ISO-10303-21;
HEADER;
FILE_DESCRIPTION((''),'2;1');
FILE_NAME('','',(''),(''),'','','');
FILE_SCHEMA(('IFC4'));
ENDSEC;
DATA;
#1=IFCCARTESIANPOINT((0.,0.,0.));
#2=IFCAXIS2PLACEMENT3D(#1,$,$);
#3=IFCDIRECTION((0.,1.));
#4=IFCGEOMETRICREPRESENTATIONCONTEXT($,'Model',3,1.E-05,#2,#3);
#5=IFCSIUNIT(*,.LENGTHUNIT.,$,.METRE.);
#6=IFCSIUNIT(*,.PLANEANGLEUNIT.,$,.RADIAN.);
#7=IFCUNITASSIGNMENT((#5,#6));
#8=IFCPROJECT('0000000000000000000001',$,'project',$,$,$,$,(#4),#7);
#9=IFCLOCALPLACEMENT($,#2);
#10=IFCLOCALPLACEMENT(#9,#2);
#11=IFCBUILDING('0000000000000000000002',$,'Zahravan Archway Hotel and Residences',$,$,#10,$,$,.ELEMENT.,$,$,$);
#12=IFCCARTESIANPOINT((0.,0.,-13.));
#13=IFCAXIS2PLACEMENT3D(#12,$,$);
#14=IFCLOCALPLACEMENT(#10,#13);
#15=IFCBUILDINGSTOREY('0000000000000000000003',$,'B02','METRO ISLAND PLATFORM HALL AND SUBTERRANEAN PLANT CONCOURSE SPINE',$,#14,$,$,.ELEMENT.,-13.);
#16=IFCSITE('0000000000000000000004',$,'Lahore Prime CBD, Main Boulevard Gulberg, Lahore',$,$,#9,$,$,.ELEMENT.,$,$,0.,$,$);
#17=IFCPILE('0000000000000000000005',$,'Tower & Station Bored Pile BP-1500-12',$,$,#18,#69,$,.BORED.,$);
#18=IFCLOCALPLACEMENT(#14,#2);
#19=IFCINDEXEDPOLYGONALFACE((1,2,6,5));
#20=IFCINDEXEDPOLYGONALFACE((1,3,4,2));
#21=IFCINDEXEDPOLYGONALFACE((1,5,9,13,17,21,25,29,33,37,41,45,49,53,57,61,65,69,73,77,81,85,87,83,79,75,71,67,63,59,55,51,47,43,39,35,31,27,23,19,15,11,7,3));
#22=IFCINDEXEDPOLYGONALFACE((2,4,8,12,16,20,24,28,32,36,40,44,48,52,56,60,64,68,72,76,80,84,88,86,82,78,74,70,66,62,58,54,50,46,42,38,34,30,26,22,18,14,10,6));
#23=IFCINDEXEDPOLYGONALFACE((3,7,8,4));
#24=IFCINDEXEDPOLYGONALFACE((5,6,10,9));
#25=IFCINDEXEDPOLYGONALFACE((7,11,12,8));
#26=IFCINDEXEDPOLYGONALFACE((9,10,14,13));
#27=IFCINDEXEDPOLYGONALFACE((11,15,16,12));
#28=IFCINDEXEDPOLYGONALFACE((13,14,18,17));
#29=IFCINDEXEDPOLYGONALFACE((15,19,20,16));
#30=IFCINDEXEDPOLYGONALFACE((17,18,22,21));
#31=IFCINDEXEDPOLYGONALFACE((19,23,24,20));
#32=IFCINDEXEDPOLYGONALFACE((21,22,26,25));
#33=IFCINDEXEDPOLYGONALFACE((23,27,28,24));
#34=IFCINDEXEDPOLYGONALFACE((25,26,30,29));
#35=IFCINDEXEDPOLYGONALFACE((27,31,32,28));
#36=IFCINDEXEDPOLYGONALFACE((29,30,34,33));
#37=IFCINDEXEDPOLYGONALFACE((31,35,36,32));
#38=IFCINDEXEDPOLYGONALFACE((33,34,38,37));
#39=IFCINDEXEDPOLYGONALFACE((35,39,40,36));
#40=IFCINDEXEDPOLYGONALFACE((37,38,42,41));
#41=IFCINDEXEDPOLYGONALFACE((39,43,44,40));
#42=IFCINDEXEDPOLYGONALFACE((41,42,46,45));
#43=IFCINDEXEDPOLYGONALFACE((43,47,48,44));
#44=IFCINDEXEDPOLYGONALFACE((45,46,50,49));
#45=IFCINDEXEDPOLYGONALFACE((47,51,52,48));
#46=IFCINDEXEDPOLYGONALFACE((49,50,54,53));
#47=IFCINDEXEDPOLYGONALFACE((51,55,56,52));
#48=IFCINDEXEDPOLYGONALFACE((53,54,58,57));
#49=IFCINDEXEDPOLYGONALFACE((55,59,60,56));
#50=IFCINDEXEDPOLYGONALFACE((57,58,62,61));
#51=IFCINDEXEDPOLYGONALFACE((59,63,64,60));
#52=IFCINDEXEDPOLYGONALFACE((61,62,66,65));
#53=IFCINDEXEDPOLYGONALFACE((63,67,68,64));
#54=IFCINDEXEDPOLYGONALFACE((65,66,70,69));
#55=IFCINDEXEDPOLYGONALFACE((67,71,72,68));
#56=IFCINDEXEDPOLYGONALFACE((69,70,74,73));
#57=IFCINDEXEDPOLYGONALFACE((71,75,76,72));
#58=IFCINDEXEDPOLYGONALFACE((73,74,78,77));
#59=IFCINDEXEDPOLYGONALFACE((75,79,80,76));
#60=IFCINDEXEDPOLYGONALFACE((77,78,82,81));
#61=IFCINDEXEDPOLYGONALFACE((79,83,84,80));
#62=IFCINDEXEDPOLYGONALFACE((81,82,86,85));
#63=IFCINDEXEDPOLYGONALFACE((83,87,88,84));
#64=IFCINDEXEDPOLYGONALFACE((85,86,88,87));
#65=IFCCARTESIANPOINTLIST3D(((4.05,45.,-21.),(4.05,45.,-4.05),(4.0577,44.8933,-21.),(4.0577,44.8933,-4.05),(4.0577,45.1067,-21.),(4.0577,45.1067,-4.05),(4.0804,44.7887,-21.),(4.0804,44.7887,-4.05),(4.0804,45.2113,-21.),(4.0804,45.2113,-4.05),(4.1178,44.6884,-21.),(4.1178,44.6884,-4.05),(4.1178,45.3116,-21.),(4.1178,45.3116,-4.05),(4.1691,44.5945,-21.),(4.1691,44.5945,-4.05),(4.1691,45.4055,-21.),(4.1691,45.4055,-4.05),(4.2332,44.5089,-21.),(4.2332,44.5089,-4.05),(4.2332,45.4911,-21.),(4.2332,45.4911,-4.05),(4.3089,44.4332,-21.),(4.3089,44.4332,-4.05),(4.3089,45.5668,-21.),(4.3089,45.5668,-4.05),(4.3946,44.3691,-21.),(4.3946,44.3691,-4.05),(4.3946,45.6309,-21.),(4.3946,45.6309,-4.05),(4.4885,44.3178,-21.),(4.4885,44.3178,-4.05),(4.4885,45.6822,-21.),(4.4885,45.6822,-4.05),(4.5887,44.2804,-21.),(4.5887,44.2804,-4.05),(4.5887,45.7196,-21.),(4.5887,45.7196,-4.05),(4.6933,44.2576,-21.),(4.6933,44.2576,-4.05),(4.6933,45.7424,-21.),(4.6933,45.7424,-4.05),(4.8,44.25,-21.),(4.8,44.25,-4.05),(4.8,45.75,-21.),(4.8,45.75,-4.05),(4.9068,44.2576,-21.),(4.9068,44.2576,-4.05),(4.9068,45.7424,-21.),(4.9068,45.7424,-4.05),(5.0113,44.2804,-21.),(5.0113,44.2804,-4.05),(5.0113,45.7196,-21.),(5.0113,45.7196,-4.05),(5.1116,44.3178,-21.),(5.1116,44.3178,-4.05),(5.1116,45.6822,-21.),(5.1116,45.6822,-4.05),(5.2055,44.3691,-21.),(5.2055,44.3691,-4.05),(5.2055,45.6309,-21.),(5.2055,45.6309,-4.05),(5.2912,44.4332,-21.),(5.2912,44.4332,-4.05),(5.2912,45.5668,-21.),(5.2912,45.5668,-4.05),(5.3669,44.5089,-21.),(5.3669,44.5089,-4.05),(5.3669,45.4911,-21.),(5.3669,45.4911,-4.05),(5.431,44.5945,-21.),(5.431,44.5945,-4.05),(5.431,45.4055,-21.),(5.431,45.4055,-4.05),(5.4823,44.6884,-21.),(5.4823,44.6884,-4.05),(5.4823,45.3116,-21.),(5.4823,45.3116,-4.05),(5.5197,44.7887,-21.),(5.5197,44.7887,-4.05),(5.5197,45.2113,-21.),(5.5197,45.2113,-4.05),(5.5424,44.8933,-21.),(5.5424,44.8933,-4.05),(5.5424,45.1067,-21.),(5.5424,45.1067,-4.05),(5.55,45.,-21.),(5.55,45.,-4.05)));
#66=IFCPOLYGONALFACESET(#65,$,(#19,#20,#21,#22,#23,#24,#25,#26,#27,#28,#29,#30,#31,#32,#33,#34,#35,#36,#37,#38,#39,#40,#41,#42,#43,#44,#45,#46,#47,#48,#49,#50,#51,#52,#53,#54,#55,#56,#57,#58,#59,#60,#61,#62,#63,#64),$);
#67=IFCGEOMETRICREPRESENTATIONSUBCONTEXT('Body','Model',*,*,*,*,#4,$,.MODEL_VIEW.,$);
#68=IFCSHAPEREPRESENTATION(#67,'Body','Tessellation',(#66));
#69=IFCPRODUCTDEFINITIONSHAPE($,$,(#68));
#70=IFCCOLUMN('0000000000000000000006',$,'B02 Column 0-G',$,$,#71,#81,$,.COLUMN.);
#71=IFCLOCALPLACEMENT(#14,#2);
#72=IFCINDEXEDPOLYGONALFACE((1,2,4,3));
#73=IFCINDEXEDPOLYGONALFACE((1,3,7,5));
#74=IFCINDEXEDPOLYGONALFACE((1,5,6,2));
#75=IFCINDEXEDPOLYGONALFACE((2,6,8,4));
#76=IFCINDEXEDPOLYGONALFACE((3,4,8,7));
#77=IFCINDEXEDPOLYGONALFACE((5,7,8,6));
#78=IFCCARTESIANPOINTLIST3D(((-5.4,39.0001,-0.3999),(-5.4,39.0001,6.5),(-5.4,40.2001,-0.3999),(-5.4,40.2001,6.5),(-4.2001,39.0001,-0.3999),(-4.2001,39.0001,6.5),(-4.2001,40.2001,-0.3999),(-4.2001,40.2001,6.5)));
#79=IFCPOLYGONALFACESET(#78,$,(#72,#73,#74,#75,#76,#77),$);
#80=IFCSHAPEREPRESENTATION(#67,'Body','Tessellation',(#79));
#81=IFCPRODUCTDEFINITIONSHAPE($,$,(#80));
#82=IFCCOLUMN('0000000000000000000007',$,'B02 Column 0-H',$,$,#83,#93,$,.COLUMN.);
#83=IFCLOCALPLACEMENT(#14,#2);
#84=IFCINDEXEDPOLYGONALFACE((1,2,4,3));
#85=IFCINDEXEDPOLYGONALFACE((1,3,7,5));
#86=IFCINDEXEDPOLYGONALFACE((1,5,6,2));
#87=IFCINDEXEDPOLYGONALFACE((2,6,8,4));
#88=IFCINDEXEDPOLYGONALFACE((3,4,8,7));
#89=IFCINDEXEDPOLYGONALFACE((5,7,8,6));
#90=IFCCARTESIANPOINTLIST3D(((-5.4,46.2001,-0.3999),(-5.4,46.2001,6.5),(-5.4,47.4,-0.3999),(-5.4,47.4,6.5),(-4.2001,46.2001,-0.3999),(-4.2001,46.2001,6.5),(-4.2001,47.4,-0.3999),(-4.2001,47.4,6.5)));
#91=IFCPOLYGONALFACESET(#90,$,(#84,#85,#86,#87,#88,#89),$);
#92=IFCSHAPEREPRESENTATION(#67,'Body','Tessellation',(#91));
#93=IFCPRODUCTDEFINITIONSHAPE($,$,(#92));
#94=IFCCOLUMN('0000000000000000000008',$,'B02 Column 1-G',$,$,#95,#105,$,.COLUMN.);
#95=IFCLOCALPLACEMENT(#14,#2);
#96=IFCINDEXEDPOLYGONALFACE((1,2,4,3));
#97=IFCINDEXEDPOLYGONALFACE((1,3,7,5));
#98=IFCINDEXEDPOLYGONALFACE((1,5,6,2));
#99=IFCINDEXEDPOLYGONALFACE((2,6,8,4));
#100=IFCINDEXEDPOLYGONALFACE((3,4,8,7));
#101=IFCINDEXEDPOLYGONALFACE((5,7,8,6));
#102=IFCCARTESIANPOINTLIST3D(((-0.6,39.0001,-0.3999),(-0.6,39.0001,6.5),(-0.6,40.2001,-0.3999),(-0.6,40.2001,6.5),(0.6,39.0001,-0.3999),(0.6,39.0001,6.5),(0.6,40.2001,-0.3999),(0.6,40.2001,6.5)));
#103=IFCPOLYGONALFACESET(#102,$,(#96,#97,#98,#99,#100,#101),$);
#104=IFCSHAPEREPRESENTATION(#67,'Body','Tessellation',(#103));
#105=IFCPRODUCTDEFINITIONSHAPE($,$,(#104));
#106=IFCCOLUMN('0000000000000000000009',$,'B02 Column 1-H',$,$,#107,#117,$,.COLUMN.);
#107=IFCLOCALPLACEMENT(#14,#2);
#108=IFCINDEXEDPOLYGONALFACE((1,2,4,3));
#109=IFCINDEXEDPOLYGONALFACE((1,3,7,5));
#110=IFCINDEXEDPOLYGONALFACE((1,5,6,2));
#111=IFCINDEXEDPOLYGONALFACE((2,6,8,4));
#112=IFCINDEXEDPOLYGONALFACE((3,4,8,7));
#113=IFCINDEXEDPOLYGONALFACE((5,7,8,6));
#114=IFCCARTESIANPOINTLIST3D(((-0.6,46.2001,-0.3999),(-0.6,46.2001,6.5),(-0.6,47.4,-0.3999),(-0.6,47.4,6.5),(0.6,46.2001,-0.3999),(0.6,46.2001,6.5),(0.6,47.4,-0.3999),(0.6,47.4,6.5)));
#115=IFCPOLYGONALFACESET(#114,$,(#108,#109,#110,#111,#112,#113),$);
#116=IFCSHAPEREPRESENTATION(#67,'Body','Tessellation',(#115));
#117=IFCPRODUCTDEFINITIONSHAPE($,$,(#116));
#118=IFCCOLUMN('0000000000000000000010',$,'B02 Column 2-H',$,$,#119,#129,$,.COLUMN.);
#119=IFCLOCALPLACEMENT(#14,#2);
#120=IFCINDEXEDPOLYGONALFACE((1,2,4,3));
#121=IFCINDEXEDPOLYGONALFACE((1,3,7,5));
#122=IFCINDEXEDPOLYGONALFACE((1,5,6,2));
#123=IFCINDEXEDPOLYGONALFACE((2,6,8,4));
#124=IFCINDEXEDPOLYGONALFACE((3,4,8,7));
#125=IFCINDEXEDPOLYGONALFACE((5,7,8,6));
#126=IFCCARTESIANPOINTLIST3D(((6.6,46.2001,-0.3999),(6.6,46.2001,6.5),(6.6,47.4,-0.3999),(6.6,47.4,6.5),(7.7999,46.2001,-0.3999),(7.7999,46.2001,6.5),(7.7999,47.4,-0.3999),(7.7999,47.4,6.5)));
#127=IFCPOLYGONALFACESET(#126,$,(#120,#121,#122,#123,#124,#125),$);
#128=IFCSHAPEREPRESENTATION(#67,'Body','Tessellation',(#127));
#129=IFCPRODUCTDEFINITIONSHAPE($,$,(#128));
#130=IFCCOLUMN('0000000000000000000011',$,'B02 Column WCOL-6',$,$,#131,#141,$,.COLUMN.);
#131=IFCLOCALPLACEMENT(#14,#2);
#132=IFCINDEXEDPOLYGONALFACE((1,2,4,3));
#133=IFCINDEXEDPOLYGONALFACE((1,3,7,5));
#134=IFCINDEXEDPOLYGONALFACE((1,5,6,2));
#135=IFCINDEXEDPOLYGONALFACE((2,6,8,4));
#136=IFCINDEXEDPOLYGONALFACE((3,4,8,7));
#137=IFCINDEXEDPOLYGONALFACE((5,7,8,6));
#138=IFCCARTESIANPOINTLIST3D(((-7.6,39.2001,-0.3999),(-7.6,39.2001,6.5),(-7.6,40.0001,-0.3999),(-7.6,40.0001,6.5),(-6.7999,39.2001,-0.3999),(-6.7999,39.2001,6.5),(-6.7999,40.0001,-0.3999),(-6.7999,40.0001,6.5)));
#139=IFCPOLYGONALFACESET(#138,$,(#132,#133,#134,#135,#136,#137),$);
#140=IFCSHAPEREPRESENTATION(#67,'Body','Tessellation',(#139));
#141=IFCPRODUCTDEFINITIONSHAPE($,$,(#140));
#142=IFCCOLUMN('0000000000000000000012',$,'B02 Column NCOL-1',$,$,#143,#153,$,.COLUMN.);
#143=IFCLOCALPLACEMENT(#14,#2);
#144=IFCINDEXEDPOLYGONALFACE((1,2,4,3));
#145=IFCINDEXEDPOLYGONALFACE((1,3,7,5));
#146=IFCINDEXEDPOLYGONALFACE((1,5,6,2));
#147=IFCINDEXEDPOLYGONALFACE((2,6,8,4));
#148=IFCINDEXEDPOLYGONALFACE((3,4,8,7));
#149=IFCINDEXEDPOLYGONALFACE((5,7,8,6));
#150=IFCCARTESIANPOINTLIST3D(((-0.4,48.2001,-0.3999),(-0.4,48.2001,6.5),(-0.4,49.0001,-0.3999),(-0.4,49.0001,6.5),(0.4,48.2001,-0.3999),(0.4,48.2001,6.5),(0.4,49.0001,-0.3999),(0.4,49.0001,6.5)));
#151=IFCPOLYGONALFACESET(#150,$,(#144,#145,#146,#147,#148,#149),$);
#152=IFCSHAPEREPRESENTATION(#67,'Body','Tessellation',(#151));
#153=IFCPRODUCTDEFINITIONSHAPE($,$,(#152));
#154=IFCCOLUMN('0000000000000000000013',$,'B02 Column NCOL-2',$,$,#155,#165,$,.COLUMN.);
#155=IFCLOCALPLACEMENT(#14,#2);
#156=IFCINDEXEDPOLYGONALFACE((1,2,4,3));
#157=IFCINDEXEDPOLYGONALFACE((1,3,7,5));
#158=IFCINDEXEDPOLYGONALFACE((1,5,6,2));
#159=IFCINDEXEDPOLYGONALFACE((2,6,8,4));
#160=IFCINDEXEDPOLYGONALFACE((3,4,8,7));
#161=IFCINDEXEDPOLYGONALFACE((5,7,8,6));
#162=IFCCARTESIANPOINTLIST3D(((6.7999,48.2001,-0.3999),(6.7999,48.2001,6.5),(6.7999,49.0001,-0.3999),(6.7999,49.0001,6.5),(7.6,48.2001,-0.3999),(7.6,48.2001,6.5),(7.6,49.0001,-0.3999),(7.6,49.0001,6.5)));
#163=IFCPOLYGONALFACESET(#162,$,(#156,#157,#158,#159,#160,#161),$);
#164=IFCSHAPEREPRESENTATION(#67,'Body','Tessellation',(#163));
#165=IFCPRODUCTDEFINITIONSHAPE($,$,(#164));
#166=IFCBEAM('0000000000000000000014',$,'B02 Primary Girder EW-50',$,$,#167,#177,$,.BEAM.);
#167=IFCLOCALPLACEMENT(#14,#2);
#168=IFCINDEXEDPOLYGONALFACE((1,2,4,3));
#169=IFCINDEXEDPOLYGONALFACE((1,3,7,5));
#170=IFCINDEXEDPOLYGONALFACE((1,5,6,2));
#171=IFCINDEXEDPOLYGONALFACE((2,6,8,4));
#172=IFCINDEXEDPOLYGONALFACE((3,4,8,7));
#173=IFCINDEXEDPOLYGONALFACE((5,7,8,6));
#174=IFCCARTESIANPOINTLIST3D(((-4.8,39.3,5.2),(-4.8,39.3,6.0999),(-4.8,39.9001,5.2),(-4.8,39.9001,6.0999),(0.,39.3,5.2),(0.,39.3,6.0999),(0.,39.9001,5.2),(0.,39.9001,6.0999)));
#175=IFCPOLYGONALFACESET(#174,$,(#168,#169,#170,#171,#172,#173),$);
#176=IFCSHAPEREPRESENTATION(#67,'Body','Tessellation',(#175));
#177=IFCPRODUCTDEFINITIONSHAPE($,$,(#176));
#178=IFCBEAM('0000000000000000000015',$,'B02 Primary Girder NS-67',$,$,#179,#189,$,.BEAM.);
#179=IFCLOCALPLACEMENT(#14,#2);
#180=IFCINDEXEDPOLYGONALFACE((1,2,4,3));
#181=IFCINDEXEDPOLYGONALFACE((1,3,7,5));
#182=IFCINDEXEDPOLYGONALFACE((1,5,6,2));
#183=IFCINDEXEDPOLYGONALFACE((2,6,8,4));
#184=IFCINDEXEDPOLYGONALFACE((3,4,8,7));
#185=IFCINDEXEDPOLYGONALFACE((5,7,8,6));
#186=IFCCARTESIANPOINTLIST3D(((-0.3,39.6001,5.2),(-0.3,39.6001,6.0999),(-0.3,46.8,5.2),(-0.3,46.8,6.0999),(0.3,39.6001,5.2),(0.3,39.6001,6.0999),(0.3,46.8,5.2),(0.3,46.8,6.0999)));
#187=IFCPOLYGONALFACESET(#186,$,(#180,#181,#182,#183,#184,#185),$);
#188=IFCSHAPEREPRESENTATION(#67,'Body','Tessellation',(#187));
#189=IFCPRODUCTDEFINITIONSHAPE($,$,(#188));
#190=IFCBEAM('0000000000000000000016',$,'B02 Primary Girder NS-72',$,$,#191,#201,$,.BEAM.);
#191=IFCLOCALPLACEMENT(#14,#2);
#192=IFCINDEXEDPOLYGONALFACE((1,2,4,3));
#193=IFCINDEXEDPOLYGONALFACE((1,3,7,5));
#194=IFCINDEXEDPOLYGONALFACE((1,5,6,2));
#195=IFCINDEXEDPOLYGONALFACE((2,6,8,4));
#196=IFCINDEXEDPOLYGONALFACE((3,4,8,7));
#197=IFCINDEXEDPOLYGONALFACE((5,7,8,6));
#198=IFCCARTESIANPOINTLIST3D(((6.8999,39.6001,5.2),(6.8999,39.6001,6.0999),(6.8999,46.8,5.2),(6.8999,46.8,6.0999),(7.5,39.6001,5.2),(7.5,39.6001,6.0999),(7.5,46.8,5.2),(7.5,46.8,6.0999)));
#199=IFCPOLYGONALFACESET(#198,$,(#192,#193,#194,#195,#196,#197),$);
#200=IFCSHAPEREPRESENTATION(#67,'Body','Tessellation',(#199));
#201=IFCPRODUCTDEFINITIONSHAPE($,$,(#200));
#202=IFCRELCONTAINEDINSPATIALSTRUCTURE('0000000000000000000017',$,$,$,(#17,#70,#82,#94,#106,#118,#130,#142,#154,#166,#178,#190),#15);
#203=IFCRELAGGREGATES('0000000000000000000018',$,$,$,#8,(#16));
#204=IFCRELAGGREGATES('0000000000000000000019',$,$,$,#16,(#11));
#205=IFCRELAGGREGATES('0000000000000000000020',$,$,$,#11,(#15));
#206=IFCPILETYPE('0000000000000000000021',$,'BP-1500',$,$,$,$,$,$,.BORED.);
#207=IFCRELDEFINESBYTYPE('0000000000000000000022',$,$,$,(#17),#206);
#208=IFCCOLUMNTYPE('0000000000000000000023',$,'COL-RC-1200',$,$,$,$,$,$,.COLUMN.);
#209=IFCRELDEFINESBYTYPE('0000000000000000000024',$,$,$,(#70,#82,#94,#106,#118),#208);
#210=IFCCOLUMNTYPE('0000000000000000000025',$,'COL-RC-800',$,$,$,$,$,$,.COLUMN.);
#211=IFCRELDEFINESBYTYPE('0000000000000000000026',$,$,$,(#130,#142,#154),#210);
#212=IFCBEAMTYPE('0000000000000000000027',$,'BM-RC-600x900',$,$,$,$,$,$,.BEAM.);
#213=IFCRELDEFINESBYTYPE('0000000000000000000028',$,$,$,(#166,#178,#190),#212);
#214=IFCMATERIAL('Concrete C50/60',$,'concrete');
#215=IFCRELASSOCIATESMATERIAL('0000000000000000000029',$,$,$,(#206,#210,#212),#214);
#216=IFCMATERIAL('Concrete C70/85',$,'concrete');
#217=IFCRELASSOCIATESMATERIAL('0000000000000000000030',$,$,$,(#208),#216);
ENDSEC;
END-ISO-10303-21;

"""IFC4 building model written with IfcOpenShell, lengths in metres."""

from ifc_helpers import new_model, si_unit, direction, frame, origin, origin_2d, place, context, subcontext, project, spatial, rectangle, circle, extrude, source, transform, mapped, material, material_profile, profile_set, type_object, type_shapes, element, save


model = new_model("IFC4")

# Units and contexts
model_context = context("Model", 3, precision=1e-05, world=origin(), true_north=direction((0.0, 1.0)))
body_context = subcontext(model_context, "Body", "Model", "MODEL_VIEW")
ifc_project = project(units=[si_unit("LENGTHUNIT", "METRE"), si_unit("PLANEANGLEUNIT", "RADIAN")], contexts=[model_context])

# Site, building, storey
site_placement = place(None, origin())
site = spatial("IfcSite", under=ifc_project, at=site_placement, Name="Lahore Prime CBD, Main Boulevard Gulberg, Lahore", CompositionType="ELEMENT", RefElevation=0.0)
building_placement = place(site_placement, origin())
building = spatial("IfcBuilding", under=site, at=building_placement, Name="Zahravan Archway Hotel and Residences", CompositionType="ELEMENT")
storey_placement = place(building_placement, frame((0.0, 0.0, -13.0)))
storey = spatial("IfcBuildingStorey", under=building, at=storey_placement, Name="B02", Description="METRO ISLAND PLATFORM HALL AND SUBTERRANEAN PLANT CONCOURSE SPINE", CompositionType="ELEMENT", Elevation=-13.0)

# Pile
ifc_material_1 = material(Name="Concrete C50/60", Category="concrete")
ifc_material_profile_1 = material_profile(ifc_material_1, circle(Radius=0.75, at=origin_2d()), Name="PILE D1500", Category="concrete")
ifc_profile_set_1 = profile_set([ifc_material_profile_1], Name="Concrete C50/60")
pile_type = type_object("IfcPileType", Name="BP-1500", PredefinedType="BORED", material=ifc_profile_set_1)
shared_shape_1 = source(origin(), body_context, "Body", "SweptSolid", [
    extrude(circle(Radius=0.75, at=origin_2d()), origin(), (0.0, 0.0, 1.0), 16.95),
])
type_shapes(pile_type, [shared_shape_1])
for number, where, z_axis, x_axis, name in (
    (1, (4.8, 45.0, -4.05), (0.0, 0.0, -1.0), (1.0, 0.0, 0.0), "Tower & Station Bored Pile BP-1500-12"),
):
    element("IfcPile", number, at=place(storey_placement, frame(where, z_axis=z_axis, x_axis=x_axis)), inside=storey, type_object=pile_type, Name=name, PredefinedType="BORED", context=body_context, shape_type="MappedRepresentation", body=[
        mapped(shared_shape_1, transform((0.0, 0.0, 0.0), scale=1.0)),
    ])

# Columns
ifc_material_2 = material(Name="Concrete C70/85", Category="concrete")
ifc_material_profile_2 = material_profile(ifc_material_2, rectangle(XDim=1.2, YDim=1.2, at=origin_2d()), Name="RC-COL-1200x1200", Category="concrete")
ifc_profile_set_2 = profile_set([ifc_material_profile_2], Name="Concrete C70/85")
column_type_1 = type_object("IfcColumnType", Name="COL-RC-1200", PredefinedType="COLUMN", material=ifc_profile_set_2)
shared_shape_2 = source(origin(), body_context, "Body", "SweptSolid", [
    extrude(rectangle(XDim=1.2, YDim=1.2, at=origin_2d()), origin(), (0.0, 0.0, 1.0), 6.8999),
])
type_shapes(column_type_1, [shared_shape_2])
for number, where, z_axis, x_axis, name in (
    (2, (-4.8, 39.6001, -0.3999), (0.0, 0.0, 1.0), (1.0, 0.0, 0.0), "B02 Column 0-G"),
    (3, (-4.8, 46.8, -0.3999), (0.0, 0.0, 1.0), (1.0, 0.0, 0.0), "B02 Column 0-H"),
    (4, (0.0, 39.6001, -0.3999), (0.0, 0.0, 1.0), (1.0, 0.0, 0.0), "B02 Column 1-G"),
    (5, (0.0, 46.8, -0.3999), (0.0, 0.0, 1.0), (1.0, 0.0, 0.0), "B02 Column 1-H"),
    (6, (7.2, 46.8, -0.3999), (0.0, 0.0, 1.0), (1.0, 0.0, 0.0), "B02 Column 2-H"),
):
    element("IfcColumn", number, at=place(storey_placement, frame(where, z_axis=z_axis, x_axis=x_axis)), inside=storey, type_object=column_type_1, Name=name, PredefinedType="COLUMN", context=body_context, shape_type="MappedRepresentation", body=[
        mapped(shared_shape_2, transform((0.0, 0.0, 0.0), scale=1.0)),
    ])
ifc_material_profile_3 = material_profile(ifc_material_1, rectangle(XDim=0.8, YDim=0.8, at=origin_2d()), Name="RC-COL-800x800", Category="concrete")
ifc_profile_set_3 = profile_set([ifc_material_profile_3], Name="Concrete C50/60")
column_type_2 = type_object("IfcColumnType", Name="COL-RC-800", PredefinedType="COLUMN", material=ifc_profile_set_3)
shared_shape_3 = source(origin(), body_context, "Body", "SweptSolid", [
    extrude(rectangle(XDim=0.8, YDim=0.8, at=origin_2d()), origin(), (0.0, 0.0, 1.0), 6.8999),
])
type_shapes(column_type_2, [shared_shape_3])
for number, where, z_axis, x_axis, name in (
    (7, (-7.2, 39.6001, -0.3999), (0.0, 0.0, 1.0), (1.0, 0.0, 0.0), "B02 Column WCOL-6"),
    (8, (0.0, 48.6001, -0.3999), (0.0, 0.0, 1.0), (1.0, 0.0, 0.0), "B02 Column NCOL-1"),
    (9, (7.2, 48.6001, -0.3999), (0.0, 0.0, 1.0), (1.0, 0.0, 0.0), "B02 Column NCOL-2"),
):
    element("IfcColumn", number, at=place(storey_placement, frame(where, z_axis=z_axis, x_axis=x_axis)), inside=storey, type_object=column_type_2, Name=name, PredefinedType="COLUMN", context=body_context, shape_type="MappedRepresentation", body=[
        mapped(shared_shape_3, transform((0.0, 0.0, 0.0), scale=1.0)),
    ])

# Beams
ifc_material_profile_4 = material_profile(ifc_material_1, rectangle(XDim=0.6001, YDim=0.8999, at=origin_2d()), Name="RC-BM-600x900", Category="concrete")
ifc_profile_set_4 = profile_set([ifc_material_profile_4], Name="Concrete C50/60")
beam_type = type_object("IfcBeamType", Name="BM-RC-600x900", PredefinedType="BEAM", material=ifc_profile_set_4)
shared_shape_4 = source(origin(), body_context, "Body", "SweptSolid", [
    extrude(rectangle(XDim=0.6001, YDim=0.8999, at=origin_2d()), origin(), (0.0, 0.0, 1.0), 4.8),
])
type_shapes(beam_type, [shared_shape_4])
beam_placement = place(storey_placement, frame((-4.8, 39.6001, 5.6499), z_axis=(1.0, 0.0, 0.0), x_axis=(0.0, 1.0, 0.0)))
element("IfcBeam", 10, at=beam_placement, inside=storey, type_object=beam_type, Name="B02 Primary Girder EW-50", PredefinedType="BEAM", context=body_context, shape_type="MappedRepresentation", body=[
    mapped(shared_shape_4, transform((0.0, 0.0, 0.0), scale=1.0)),
])
shared_shape_5 = source(origin(), body_context, "Body", "SweptSolid", [
    extrude(rectangle(XDim=0.6001, YDim=0.8999, at=origin_2d()), origin(), (0.0, 0.0, 1.0), 7.2),
])
for number, where, z_axis, x_axis, name in (
    (11, (0.0, 39.6001, 5.6499), (0.0, 1.0, 0.0), (-1.0, 0.0, 0.0), "B02 Primary Girder NS-67"),
    (12, (7.2, 39.6001, 5.6499), (0.0, 1.0, 0.0), (-1.0, 0.0, 0.0), "B02 Primary Girder NS-72"),
):
    element("IfcBeam", number, at=place(storey_placement, frame(where, z_axis=z_axis, x_axis=x_axis)), inside=storey, type_object=beam_type, Name=name, PredefinedType="BEAM", context=body_context, shape_type="MappedRepresentation", body=[
        mapped(shared_shape_5, transform((0.0, 0.0, 0.0), scale=1.0)),
    ])

save(model, "model.ifc")
